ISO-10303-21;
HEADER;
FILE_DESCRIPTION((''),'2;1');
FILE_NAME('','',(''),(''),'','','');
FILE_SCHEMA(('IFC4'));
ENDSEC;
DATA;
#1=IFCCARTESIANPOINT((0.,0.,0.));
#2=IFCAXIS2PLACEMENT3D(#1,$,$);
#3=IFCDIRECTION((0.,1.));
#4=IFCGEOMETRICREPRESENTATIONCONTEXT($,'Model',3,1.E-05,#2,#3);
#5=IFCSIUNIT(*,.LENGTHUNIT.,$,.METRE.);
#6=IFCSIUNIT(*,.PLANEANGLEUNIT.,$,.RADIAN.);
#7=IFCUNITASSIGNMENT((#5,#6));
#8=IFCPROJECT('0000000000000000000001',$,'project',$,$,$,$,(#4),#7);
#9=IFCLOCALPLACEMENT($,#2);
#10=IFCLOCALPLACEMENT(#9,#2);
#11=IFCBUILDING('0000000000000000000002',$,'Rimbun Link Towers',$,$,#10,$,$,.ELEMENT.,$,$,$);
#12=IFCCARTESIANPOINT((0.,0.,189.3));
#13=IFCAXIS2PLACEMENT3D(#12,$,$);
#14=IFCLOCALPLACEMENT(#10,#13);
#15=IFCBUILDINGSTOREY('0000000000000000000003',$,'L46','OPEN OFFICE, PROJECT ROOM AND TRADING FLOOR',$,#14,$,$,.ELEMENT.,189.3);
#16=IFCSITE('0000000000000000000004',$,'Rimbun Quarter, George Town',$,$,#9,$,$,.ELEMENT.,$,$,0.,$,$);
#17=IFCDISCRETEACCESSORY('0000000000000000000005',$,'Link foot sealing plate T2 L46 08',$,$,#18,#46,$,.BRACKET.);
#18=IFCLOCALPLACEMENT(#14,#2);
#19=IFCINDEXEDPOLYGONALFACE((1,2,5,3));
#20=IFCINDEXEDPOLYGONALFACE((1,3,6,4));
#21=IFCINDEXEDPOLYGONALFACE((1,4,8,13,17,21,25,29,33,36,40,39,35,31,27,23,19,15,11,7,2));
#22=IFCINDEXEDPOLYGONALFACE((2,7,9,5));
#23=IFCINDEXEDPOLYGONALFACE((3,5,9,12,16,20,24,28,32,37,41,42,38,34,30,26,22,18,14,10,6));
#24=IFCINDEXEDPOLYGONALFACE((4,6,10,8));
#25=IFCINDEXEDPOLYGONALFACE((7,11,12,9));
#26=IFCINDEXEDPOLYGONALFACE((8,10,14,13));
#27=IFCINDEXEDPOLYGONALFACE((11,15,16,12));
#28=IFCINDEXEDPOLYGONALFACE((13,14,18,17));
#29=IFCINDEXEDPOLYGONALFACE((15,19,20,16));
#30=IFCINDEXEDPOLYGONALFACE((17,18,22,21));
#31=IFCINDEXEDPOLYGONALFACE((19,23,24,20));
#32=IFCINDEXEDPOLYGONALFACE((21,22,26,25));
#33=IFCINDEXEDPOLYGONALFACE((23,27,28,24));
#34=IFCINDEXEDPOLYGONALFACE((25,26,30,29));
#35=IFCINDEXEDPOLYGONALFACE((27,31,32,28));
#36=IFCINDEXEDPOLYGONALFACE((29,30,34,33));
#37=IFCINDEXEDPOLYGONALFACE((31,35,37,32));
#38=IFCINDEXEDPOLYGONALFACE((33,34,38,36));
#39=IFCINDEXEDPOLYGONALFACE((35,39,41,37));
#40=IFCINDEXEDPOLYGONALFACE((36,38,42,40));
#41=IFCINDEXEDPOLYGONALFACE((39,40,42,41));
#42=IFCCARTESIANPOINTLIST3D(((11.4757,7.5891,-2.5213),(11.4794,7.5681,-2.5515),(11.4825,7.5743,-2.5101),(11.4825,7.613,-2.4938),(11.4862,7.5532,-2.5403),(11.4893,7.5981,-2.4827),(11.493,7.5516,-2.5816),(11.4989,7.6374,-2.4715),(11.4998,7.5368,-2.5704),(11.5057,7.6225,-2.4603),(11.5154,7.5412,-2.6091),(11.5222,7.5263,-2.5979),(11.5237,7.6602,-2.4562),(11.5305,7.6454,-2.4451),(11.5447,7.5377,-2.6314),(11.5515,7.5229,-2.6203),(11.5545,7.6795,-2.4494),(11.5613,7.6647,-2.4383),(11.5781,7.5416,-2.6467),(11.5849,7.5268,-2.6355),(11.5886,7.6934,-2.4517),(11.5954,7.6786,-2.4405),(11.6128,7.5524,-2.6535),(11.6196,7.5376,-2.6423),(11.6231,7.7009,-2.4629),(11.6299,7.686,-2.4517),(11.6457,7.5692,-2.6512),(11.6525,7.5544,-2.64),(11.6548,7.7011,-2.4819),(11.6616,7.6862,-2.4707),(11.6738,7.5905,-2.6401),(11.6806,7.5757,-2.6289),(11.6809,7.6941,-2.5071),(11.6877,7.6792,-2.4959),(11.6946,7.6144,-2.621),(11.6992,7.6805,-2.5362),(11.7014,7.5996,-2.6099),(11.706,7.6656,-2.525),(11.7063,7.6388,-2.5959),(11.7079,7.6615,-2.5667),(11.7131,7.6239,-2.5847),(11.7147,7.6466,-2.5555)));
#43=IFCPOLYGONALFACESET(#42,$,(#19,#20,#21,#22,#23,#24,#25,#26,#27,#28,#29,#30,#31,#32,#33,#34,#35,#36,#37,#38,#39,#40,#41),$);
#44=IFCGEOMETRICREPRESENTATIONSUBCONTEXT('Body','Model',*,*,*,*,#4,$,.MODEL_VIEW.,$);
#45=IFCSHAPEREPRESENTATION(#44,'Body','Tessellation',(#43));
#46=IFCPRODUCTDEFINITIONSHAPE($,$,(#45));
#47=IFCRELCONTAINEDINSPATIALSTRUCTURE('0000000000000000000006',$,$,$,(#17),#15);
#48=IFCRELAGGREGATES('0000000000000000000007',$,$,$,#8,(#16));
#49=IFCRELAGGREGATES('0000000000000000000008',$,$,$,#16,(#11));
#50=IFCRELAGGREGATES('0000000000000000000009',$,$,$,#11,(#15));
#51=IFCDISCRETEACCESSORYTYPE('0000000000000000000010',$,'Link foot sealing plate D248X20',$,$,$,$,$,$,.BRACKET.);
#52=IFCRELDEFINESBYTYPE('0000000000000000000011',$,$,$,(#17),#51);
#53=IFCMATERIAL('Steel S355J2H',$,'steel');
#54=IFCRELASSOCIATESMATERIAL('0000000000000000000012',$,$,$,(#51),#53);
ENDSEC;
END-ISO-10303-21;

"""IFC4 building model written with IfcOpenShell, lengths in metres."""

from ifc_helpers import new_model, si_unit, direction, frame, origin, origin_2d, place, context, subcontext, project, spatial, circle, extrude, material, material_profile, profile_set, type_object, element, save


model = new_model("IFC4")

# Units and contexts
model_context = context("Model", 3, precision=1e-05, world=origin(), true_north=direction((0.0, 1.0)))
body_context = subcontext(model_context, "Body", "Model", "MODEL_VIEW")
ifc_project = project(units=[si_unit("LENGTHUNIT", "METRE"), si_unit("PLANEANGLEUNIT", "RADIAN")], contexts=[model_context])

# Site, building, storey
site_placement = place(None, origin())
site = spatial("IfcSite", under=ifc_project, at=site_placement, Name="Rimbun Quarter, George Town", CompositionType="ELEMENT", RefElevation=0.0)
building_placement = place(site_placement, origin())
building = spatial("IfcBuilding", under=site, at=building_placement, Name="Rimbun Link Towers", CompositionType="ELEMENT")
storey_placement = place(building_placement, frame((0.0, 0.0, 189.3)))
storey = spatial("IfcBuildingStorey", under=building, at=storey_placement, Name="L46", Description="OPEN OFFICE, PROJECT ROOM AND TRADING FLOOR", CompositionType="ELEMENT", Elevation=189.3)

# Discrete accessory
ifc_material_1 = material(Name="Steel S355J2H", Category="steel")
ifc_material_profile_1 = material_profile(ifc_material_1, circle(Radius=0.124, at=origin_2d()), Name="PL D248")
ifc_profile_set_1 = profile_set([ifc_material_profile_1], Name="Steel S355J2H")
discrete_accessory_type = type_object("IfcDiscreteAccessoryType", Name="Link foot sealing plate D248X20", PredefinedType="BRACKET", material=ifc_profile_set_1)
discrete_accessory_placement = place(storey_placement, frame((11.5989, 7.605, -2.5403), z_axis=(-0.344109, 0.749666, -0.565322), x_axis=(-0.90883, -0.417168, 0.0)))
element("IfcDiscreteAccessory", 1, at=discrete_accessory_placement, inside=storey, type_object=discrete_accessory_type, Name="Link foot sealing plate T2 L46 08", PredefinedType="BRACKET", context=body_context, shape_type="SweptSolid", body=[
    extrude(circle(Radius=0.124, at=origin_2d()), origin(), (0.0, 0.0, 1.0), 0.0198),
])

save(model, "model.ifc")
